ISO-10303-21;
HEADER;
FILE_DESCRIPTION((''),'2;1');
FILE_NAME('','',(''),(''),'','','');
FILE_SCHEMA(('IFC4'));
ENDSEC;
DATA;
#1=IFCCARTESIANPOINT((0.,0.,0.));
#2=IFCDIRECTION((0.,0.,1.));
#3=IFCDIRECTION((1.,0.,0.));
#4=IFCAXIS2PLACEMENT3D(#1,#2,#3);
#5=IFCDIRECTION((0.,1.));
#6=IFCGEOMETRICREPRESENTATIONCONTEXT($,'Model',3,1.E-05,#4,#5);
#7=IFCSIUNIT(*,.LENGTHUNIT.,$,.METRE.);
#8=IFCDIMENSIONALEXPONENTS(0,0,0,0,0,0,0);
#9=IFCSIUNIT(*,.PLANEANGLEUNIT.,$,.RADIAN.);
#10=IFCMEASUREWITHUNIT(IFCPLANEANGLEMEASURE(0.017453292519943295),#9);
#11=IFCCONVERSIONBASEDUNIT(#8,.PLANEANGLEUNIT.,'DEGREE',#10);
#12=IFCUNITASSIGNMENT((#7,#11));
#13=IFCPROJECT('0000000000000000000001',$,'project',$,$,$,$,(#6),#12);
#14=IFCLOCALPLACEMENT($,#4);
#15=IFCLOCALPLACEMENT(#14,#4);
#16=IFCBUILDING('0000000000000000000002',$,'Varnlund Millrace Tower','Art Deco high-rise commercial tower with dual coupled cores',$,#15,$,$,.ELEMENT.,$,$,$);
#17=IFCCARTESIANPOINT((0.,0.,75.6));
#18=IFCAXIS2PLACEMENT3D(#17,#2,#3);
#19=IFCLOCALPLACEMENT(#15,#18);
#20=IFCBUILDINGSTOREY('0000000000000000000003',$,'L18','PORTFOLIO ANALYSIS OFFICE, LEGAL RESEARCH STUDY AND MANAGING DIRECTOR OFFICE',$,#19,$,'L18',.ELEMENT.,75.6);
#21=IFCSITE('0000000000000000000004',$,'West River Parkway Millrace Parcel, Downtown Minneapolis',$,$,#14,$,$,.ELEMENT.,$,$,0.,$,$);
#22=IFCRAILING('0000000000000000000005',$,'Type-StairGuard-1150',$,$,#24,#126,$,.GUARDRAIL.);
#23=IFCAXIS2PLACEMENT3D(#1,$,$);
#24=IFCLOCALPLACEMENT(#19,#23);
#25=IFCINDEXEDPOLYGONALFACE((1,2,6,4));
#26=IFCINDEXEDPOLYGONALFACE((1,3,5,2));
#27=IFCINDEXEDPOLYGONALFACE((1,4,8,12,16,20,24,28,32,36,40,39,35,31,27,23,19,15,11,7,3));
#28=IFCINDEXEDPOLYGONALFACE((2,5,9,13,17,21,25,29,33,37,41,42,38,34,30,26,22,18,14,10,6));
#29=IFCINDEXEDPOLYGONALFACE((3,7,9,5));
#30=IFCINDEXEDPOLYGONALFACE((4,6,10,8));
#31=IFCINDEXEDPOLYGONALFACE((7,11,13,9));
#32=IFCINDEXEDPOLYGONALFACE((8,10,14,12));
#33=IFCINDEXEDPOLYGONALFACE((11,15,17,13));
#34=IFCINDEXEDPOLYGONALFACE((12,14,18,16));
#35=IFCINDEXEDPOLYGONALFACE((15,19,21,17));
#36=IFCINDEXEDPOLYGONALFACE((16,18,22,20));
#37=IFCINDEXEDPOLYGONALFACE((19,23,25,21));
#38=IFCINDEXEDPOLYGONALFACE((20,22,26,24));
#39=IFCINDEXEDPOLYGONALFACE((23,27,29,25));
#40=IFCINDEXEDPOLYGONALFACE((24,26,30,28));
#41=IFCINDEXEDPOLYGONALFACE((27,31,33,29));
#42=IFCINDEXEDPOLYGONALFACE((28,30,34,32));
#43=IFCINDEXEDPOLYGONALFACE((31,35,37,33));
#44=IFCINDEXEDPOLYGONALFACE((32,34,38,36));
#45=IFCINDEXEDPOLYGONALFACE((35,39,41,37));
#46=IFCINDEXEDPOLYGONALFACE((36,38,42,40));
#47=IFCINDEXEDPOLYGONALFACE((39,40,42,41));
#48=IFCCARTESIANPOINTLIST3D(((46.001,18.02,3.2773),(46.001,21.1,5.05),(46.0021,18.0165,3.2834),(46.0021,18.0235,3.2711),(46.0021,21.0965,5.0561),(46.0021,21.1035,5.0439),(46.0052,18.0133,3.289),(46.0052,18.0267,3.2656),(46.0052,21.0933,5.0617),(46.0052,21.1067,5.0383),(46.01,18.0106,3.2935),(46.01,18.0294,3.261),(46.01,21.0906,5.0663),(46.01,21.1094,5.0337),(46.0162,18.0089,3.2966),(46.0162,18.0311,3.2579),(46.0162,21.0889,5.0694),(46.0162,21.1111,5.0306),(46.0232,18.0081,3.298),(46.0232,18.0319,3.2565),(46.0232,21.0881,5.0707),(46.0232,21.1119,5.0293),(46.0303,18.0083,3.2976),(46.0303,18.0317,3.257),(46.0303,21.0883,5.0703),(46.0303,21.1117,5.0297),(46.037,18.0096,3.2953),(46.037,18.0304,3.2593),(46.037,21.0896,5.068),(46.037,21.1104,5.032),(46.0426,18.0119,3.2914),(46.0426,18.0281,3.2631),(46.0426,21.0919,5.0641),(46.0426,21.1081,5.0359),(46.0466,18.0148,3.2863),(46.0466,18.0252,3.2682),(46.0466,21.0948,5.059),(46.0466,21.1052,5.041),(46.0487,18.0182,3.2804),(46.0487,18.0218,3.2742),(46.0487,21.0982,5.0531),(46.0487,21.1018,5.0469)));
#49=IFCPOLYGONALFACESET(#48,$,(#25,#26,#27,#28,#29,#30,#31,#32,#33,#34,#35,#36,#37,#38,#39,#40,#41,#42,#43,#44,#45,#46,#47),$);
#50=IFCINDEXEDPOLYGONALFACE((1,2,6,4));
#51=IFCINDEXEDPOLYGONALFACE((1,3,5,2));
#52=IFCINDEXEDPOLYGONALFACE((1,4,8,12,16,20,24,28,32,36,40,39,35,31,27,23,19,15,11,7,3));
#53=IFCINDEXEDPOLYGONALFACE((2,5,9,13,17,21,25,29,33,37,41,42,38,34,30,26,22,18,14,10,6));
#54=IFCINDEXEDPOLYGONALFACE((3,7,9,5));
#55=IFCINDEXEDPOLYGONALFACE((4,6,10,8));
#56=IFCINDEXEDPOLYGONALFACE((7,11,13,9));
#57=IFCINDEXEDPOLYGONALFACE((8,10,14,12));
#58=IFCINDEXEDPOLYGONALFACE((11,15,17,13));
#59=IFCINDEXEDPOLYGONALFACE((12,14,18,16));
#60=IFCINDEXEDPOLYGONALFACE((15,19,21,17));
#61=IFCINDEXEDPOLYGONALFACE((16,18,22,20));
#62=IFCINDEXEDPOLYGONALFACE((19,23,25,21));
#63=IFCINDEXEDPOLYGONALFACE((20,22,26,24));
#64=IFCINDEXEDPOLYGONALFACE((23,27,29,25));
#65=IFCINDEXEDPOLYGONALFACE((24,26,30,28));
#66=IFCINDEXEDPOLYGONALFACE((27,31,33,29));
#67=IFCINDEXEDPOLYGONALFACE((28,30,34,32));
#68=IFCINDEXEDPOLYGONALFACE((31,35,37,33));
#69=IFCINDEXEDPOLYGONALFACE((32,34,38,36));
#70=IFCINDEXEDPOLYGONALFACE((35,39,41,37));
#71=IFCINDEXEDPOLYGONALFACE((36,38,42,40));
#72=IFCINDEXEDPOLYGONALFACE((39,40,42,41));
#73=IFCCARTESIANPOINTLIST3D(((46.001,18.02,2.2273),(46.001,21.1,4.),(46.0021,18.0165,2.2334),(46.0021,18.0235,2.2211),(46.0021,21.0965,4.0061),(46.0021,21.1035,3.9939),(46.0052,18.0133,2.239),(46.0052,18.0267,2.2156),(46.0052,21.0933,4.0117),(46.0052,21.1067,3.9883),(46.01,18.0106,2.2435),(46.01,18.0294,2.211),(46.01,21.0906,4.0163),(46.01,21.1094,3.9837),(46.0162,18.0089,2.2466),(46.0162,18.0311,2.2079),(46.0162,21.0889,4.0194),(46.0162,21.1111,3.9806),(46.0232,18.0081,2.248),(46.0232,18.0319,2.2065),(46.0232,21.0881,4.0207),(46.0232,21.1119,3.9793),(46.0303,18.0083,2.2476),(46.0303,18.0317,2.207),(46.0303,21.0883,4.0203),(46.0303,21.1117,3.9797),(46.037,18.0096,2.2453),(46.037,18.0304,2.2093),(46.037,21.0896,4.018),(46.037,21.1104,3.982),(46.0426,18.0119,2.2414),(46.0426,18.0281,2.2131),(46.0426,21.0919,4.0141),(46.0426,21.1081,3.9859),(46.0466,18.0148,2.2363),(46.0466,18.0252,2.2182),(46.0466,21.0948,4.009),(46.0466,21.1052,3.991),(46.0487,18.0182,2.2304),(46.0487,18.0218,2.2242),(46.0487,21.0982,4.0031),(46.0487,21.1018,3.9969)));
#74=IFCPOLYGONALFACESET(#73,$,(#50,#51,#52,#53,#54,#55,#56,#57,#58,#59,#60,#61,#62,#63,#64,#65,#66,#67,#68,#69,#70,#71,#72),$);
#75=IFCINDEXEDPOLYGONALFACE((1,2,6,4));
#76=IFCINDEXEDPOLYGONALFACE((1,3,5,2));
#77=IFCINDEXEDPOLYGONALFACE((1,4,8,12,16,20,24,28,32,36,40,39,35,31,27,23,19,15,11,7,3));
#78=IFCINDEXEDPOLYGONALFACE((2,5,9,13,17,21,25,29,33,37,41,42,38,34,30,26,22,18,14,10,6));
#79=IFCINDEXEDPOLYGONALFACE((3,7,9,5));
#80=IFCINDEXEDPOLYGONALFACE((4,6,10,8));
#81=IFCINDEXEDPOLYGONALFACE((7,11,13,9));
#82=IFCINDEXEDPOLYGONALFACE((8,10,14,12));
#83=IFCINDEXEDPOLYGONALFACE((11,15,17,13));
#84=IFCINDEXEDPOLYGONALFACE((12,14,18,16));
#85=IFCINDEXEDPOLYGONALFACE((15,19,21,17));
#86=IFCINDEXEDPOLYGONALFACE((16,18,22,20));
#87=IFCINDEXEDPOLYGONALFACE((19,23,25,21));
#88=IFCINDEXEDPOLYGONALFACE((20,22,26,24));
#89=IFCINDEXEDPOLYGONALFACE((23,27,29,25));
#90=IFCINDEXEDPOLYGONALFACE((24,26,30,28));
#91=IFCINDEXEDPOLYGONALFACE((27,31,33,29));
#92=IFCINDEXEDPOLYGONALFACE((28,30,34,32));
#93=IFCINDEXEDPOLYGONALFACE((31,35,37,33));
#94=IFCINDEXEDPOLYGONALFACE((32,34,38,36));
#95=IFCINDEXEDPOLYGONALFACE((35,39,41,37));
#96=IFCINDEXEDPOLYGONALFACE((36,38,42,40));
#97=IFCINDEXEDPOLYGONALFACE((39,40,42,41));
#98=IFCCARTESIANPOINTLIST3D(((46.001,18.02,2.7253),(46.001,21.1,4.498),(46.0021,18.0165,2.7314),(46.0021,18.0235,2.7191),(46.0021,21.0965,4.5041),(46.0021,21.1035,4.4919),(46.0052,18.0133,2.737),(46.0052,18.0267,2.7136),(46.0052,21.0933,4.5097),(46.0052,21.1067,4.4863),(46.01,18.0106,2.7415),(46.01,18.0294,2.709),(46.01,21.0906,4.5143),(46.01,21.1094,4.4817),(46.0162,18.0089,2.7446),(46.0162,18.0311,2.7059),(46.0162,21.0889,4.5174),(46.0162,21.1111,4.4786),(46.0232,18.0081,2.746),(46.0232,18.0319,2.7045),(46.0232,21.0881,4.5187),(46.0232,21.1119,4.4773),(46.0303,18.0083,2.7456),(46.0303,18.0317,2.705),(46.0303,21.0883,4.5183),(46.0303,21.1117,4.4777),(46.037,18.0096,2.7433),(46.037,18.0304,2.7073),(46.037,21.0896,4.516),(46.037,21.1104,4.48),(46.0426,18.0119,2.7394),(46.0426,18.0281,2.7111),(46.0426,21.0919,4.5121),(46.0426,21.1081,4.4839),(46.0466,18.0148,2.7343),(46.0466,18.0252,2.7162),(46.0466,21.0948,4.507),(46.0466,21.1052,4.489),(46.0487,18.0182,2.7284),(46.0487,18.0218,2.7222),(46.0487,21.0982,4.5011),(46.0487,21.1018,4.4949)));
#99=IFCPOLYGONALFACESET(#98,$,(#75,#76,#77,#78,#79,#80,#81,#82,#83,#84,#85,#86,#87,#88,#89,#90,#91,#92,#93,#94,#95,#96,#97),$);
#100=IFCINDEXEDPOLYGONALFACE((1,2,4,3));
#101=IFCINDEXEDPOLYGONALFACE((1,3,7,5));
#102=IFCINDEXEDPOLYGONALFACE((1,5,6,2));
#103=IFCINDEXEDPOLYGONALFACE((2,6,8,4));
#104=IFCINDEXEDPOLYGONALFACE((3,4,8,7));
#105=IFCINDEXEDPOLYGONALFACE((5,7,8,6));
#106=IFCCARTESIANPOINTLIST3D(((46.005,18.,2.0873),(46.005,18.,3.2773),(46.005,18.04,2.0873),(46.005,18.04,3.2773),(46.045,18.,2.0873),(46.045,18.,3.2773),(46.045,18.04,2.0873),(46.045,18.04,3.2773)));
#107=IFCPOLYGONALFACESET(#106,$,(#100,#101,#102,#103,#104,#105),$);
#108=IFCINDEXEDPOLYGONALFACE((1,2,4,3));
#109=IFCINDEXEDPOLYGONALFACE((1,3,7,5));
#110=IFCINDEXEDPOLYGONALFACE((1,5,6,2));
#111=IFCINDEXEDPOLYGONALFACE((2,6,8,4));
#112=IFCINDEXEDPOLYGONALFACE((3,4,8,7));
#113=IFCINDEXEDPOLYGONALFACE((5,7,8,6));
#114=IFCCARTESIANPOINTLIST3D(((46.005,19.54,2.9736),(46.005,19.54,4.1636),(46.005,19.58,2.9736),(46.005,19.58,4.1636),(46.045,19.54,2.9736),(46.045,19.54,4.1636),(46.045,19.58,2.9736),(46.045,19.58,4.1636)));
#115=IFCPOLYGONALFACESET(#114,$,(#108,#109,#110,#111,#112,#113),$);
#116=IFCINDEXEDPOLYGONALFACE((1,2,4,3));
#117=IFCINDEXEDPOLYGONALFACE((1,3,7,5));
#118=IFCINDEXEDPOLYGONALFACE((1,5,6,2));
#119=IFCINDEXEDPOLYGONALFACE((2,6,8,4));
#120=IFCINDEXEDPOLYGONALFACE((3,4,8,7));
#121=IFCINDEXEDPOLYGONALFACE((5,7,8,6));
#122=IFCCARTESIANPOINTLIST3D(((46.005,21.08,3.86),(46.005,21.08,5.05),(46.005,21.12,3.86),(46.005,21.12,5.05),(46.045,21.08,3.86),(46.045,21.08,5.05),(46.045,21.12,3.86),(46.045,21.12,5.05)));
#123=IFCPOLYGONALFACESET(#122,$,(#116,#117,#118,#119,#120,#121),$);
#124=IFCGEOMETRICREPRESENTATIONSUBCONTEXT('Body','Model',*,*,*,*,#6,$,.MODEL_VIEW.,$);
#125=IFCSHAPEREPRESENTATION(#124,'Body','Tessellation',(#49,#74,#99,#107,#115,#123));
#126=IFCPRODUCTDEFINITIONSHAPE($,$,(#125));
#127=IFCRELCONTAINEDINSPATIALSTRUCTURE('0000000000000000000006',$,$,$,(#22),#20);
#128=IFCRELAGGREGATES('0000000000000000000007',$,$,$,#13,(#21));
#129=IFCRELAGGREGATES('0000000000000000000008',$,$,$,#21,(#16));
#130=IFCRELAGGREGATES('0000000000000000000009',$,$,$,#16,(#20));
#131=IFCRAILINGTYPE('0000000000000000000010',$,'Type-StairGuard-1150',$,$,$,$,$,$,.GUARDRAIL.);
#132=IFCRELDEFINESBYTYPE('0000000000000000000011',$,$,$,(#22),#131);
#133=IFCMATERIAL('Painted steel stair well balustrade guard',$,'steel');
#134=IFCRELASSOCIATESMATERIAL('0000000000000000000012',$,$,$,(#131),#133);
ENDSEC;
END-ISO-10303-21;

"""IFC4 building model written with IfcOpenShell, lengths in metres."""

from ifc_helpers import new_model, entity, si_unit, converted_unit, direction, frame, origin_with_axes, origin_2d_with_axis, place, context, subcontext, project, spatial, rectangle, circle, extrude, material, type_object, element, save


model = new_model("IFC4")

# Units and contexts
model_context = context("Model", 3, precision=1e-05, world=origin_with_axes(), true_north=direction((0.0, 1.0)))
body_context = subcontext(model_context, "Body", "Model", "MODEL_VIEW")
ifc_project = project(units=[si_unit("LENGTHUNIT", "METRE"), converted_unit("PLANEANGLEUNIT", "DEGREE", entity("IfcPlaneAngleMeasure", 0.017453292519943295), si_unit("PLANEANGLEUNIT", "RADIAN"), dimensions=[0, 0, 0, 0, 0, 0, 0])], contexts=[model_context])

# Site, building, storey
site_placement = place(None, origin_with_axes())
site = spatial("IfcSite", under=ifc_project, at=site_placement, Name="West River Parkway Millrace Parcel, Downtown Minneapolis", CompositionType="ELEMENT", RefElevation=0.0)
building_placement = place(site_placement, origin_with_axes())
building = spatial("IfcBuilding", under=site, at=building_placement, Name="Varnlund Millrace Tower", Description="Art Deco high-rise commercial tower with dual coupled cores", CompositionType="ELEMENT")
storey_placement = place(building_placement, frame((0.0, 0.0, 75.6), z_axis=(0.0, 0.0, 1.0), x_axis=(1.0, 0.0, 0.0)))
storey = spatial("IfcBuildingStorey", under=building, at=storey_placement, Name="L18", Description="PORTFOLIO ANALYSIS OFFICE, LEGAL RESEARCH STUDY AND MANAGING DIRECTOR OFFICE", LongName="L18", CompositionType="ELEMENT", Elevation=75.6)

# Railing
ifc_material_1 = material(Name="Painted steel stair well balustrade guard", Category="steel")
railing_type_1 = type_object("IfcRailingType", Name="Type-StairGuard-1150", PredefinedType="GUARDRAIL", material=ifc_material_1)
railing_1_placement = place(storey_placement, frame((0.0, 0.0, -75.6), z_axis=(0.0, 0.0, 1.0), x_axis=(1.0, 0.0, 0.0)))
element("IfcRailing", 1, at=railing_1_placement, inside=storey, type_object=railing_type_1, Name="Type-StairGuard-1150", PredefinedType="GUARDRAIL", context=body_context, shape_type="SweptSolid", body=[
    extrude(circle(Radius=0.024, at=origin_2d_with_axis()), frame((46.025, 18.02, 78.8773), z_axis=(0.0, 0.866696, 0.498836), x_axis=(-1.0, 0.0, 0.0)), (0.0, 0.0, 1.0), 3.5537),
    extrude(circle(Radius=0.024, at=origin_2d_with_axis()), frame((46.025, 18.02, 77.8273), z_axis=(0.0, 0.866696, 0.498836), x_axis=(-1.0, 0.0, 0.0)), (0.0, 0.0, 1.0), 3.5537),
    extrude(circle(Radius=0.024, at=origin_2d_with_axis()), frame((46.025, 18.02, 78.3253), z_axis=(0.0, 0.866696, 0.498836), x_axis=(-1.0, 0.0, 0.0)), (0.0, 0.0, 1.0), 3.5537),
    extrude(rectangle(XDim=0.04, YDim=0.04, at=origin_2d_with_axis()), frame((46.025, 18.02, 77.6873), z_axis=(0.0, 0.0, 1.0), x_axis=(1.0, 0.0, 0.0)), (0.0, 0.0, 1.0), 1.19),
    extrude(rectangle(XDim=0.04, YDim=0.04, at=origin_2d_with_axis()), frame((46.025, 19.56, 78.5736), z_axis=(0.0, 0.0, 1.0), x_axis=(1.0, 0.0, 0.0)), (0.0, 0.0, 1.0), 1.19),
    extrude(rectangle(XDim=0.04, YDim=0.04, at=origin_2d_with_axis()), frame((46.025, 21.1, 79.46), z_axis=(0.0, 0.0, 1.0), x_axis=(1.0, 0.0, 0.0)), (0.0, 0.0, 1.0), 1.19),
])

save(model, "model.ifc")
